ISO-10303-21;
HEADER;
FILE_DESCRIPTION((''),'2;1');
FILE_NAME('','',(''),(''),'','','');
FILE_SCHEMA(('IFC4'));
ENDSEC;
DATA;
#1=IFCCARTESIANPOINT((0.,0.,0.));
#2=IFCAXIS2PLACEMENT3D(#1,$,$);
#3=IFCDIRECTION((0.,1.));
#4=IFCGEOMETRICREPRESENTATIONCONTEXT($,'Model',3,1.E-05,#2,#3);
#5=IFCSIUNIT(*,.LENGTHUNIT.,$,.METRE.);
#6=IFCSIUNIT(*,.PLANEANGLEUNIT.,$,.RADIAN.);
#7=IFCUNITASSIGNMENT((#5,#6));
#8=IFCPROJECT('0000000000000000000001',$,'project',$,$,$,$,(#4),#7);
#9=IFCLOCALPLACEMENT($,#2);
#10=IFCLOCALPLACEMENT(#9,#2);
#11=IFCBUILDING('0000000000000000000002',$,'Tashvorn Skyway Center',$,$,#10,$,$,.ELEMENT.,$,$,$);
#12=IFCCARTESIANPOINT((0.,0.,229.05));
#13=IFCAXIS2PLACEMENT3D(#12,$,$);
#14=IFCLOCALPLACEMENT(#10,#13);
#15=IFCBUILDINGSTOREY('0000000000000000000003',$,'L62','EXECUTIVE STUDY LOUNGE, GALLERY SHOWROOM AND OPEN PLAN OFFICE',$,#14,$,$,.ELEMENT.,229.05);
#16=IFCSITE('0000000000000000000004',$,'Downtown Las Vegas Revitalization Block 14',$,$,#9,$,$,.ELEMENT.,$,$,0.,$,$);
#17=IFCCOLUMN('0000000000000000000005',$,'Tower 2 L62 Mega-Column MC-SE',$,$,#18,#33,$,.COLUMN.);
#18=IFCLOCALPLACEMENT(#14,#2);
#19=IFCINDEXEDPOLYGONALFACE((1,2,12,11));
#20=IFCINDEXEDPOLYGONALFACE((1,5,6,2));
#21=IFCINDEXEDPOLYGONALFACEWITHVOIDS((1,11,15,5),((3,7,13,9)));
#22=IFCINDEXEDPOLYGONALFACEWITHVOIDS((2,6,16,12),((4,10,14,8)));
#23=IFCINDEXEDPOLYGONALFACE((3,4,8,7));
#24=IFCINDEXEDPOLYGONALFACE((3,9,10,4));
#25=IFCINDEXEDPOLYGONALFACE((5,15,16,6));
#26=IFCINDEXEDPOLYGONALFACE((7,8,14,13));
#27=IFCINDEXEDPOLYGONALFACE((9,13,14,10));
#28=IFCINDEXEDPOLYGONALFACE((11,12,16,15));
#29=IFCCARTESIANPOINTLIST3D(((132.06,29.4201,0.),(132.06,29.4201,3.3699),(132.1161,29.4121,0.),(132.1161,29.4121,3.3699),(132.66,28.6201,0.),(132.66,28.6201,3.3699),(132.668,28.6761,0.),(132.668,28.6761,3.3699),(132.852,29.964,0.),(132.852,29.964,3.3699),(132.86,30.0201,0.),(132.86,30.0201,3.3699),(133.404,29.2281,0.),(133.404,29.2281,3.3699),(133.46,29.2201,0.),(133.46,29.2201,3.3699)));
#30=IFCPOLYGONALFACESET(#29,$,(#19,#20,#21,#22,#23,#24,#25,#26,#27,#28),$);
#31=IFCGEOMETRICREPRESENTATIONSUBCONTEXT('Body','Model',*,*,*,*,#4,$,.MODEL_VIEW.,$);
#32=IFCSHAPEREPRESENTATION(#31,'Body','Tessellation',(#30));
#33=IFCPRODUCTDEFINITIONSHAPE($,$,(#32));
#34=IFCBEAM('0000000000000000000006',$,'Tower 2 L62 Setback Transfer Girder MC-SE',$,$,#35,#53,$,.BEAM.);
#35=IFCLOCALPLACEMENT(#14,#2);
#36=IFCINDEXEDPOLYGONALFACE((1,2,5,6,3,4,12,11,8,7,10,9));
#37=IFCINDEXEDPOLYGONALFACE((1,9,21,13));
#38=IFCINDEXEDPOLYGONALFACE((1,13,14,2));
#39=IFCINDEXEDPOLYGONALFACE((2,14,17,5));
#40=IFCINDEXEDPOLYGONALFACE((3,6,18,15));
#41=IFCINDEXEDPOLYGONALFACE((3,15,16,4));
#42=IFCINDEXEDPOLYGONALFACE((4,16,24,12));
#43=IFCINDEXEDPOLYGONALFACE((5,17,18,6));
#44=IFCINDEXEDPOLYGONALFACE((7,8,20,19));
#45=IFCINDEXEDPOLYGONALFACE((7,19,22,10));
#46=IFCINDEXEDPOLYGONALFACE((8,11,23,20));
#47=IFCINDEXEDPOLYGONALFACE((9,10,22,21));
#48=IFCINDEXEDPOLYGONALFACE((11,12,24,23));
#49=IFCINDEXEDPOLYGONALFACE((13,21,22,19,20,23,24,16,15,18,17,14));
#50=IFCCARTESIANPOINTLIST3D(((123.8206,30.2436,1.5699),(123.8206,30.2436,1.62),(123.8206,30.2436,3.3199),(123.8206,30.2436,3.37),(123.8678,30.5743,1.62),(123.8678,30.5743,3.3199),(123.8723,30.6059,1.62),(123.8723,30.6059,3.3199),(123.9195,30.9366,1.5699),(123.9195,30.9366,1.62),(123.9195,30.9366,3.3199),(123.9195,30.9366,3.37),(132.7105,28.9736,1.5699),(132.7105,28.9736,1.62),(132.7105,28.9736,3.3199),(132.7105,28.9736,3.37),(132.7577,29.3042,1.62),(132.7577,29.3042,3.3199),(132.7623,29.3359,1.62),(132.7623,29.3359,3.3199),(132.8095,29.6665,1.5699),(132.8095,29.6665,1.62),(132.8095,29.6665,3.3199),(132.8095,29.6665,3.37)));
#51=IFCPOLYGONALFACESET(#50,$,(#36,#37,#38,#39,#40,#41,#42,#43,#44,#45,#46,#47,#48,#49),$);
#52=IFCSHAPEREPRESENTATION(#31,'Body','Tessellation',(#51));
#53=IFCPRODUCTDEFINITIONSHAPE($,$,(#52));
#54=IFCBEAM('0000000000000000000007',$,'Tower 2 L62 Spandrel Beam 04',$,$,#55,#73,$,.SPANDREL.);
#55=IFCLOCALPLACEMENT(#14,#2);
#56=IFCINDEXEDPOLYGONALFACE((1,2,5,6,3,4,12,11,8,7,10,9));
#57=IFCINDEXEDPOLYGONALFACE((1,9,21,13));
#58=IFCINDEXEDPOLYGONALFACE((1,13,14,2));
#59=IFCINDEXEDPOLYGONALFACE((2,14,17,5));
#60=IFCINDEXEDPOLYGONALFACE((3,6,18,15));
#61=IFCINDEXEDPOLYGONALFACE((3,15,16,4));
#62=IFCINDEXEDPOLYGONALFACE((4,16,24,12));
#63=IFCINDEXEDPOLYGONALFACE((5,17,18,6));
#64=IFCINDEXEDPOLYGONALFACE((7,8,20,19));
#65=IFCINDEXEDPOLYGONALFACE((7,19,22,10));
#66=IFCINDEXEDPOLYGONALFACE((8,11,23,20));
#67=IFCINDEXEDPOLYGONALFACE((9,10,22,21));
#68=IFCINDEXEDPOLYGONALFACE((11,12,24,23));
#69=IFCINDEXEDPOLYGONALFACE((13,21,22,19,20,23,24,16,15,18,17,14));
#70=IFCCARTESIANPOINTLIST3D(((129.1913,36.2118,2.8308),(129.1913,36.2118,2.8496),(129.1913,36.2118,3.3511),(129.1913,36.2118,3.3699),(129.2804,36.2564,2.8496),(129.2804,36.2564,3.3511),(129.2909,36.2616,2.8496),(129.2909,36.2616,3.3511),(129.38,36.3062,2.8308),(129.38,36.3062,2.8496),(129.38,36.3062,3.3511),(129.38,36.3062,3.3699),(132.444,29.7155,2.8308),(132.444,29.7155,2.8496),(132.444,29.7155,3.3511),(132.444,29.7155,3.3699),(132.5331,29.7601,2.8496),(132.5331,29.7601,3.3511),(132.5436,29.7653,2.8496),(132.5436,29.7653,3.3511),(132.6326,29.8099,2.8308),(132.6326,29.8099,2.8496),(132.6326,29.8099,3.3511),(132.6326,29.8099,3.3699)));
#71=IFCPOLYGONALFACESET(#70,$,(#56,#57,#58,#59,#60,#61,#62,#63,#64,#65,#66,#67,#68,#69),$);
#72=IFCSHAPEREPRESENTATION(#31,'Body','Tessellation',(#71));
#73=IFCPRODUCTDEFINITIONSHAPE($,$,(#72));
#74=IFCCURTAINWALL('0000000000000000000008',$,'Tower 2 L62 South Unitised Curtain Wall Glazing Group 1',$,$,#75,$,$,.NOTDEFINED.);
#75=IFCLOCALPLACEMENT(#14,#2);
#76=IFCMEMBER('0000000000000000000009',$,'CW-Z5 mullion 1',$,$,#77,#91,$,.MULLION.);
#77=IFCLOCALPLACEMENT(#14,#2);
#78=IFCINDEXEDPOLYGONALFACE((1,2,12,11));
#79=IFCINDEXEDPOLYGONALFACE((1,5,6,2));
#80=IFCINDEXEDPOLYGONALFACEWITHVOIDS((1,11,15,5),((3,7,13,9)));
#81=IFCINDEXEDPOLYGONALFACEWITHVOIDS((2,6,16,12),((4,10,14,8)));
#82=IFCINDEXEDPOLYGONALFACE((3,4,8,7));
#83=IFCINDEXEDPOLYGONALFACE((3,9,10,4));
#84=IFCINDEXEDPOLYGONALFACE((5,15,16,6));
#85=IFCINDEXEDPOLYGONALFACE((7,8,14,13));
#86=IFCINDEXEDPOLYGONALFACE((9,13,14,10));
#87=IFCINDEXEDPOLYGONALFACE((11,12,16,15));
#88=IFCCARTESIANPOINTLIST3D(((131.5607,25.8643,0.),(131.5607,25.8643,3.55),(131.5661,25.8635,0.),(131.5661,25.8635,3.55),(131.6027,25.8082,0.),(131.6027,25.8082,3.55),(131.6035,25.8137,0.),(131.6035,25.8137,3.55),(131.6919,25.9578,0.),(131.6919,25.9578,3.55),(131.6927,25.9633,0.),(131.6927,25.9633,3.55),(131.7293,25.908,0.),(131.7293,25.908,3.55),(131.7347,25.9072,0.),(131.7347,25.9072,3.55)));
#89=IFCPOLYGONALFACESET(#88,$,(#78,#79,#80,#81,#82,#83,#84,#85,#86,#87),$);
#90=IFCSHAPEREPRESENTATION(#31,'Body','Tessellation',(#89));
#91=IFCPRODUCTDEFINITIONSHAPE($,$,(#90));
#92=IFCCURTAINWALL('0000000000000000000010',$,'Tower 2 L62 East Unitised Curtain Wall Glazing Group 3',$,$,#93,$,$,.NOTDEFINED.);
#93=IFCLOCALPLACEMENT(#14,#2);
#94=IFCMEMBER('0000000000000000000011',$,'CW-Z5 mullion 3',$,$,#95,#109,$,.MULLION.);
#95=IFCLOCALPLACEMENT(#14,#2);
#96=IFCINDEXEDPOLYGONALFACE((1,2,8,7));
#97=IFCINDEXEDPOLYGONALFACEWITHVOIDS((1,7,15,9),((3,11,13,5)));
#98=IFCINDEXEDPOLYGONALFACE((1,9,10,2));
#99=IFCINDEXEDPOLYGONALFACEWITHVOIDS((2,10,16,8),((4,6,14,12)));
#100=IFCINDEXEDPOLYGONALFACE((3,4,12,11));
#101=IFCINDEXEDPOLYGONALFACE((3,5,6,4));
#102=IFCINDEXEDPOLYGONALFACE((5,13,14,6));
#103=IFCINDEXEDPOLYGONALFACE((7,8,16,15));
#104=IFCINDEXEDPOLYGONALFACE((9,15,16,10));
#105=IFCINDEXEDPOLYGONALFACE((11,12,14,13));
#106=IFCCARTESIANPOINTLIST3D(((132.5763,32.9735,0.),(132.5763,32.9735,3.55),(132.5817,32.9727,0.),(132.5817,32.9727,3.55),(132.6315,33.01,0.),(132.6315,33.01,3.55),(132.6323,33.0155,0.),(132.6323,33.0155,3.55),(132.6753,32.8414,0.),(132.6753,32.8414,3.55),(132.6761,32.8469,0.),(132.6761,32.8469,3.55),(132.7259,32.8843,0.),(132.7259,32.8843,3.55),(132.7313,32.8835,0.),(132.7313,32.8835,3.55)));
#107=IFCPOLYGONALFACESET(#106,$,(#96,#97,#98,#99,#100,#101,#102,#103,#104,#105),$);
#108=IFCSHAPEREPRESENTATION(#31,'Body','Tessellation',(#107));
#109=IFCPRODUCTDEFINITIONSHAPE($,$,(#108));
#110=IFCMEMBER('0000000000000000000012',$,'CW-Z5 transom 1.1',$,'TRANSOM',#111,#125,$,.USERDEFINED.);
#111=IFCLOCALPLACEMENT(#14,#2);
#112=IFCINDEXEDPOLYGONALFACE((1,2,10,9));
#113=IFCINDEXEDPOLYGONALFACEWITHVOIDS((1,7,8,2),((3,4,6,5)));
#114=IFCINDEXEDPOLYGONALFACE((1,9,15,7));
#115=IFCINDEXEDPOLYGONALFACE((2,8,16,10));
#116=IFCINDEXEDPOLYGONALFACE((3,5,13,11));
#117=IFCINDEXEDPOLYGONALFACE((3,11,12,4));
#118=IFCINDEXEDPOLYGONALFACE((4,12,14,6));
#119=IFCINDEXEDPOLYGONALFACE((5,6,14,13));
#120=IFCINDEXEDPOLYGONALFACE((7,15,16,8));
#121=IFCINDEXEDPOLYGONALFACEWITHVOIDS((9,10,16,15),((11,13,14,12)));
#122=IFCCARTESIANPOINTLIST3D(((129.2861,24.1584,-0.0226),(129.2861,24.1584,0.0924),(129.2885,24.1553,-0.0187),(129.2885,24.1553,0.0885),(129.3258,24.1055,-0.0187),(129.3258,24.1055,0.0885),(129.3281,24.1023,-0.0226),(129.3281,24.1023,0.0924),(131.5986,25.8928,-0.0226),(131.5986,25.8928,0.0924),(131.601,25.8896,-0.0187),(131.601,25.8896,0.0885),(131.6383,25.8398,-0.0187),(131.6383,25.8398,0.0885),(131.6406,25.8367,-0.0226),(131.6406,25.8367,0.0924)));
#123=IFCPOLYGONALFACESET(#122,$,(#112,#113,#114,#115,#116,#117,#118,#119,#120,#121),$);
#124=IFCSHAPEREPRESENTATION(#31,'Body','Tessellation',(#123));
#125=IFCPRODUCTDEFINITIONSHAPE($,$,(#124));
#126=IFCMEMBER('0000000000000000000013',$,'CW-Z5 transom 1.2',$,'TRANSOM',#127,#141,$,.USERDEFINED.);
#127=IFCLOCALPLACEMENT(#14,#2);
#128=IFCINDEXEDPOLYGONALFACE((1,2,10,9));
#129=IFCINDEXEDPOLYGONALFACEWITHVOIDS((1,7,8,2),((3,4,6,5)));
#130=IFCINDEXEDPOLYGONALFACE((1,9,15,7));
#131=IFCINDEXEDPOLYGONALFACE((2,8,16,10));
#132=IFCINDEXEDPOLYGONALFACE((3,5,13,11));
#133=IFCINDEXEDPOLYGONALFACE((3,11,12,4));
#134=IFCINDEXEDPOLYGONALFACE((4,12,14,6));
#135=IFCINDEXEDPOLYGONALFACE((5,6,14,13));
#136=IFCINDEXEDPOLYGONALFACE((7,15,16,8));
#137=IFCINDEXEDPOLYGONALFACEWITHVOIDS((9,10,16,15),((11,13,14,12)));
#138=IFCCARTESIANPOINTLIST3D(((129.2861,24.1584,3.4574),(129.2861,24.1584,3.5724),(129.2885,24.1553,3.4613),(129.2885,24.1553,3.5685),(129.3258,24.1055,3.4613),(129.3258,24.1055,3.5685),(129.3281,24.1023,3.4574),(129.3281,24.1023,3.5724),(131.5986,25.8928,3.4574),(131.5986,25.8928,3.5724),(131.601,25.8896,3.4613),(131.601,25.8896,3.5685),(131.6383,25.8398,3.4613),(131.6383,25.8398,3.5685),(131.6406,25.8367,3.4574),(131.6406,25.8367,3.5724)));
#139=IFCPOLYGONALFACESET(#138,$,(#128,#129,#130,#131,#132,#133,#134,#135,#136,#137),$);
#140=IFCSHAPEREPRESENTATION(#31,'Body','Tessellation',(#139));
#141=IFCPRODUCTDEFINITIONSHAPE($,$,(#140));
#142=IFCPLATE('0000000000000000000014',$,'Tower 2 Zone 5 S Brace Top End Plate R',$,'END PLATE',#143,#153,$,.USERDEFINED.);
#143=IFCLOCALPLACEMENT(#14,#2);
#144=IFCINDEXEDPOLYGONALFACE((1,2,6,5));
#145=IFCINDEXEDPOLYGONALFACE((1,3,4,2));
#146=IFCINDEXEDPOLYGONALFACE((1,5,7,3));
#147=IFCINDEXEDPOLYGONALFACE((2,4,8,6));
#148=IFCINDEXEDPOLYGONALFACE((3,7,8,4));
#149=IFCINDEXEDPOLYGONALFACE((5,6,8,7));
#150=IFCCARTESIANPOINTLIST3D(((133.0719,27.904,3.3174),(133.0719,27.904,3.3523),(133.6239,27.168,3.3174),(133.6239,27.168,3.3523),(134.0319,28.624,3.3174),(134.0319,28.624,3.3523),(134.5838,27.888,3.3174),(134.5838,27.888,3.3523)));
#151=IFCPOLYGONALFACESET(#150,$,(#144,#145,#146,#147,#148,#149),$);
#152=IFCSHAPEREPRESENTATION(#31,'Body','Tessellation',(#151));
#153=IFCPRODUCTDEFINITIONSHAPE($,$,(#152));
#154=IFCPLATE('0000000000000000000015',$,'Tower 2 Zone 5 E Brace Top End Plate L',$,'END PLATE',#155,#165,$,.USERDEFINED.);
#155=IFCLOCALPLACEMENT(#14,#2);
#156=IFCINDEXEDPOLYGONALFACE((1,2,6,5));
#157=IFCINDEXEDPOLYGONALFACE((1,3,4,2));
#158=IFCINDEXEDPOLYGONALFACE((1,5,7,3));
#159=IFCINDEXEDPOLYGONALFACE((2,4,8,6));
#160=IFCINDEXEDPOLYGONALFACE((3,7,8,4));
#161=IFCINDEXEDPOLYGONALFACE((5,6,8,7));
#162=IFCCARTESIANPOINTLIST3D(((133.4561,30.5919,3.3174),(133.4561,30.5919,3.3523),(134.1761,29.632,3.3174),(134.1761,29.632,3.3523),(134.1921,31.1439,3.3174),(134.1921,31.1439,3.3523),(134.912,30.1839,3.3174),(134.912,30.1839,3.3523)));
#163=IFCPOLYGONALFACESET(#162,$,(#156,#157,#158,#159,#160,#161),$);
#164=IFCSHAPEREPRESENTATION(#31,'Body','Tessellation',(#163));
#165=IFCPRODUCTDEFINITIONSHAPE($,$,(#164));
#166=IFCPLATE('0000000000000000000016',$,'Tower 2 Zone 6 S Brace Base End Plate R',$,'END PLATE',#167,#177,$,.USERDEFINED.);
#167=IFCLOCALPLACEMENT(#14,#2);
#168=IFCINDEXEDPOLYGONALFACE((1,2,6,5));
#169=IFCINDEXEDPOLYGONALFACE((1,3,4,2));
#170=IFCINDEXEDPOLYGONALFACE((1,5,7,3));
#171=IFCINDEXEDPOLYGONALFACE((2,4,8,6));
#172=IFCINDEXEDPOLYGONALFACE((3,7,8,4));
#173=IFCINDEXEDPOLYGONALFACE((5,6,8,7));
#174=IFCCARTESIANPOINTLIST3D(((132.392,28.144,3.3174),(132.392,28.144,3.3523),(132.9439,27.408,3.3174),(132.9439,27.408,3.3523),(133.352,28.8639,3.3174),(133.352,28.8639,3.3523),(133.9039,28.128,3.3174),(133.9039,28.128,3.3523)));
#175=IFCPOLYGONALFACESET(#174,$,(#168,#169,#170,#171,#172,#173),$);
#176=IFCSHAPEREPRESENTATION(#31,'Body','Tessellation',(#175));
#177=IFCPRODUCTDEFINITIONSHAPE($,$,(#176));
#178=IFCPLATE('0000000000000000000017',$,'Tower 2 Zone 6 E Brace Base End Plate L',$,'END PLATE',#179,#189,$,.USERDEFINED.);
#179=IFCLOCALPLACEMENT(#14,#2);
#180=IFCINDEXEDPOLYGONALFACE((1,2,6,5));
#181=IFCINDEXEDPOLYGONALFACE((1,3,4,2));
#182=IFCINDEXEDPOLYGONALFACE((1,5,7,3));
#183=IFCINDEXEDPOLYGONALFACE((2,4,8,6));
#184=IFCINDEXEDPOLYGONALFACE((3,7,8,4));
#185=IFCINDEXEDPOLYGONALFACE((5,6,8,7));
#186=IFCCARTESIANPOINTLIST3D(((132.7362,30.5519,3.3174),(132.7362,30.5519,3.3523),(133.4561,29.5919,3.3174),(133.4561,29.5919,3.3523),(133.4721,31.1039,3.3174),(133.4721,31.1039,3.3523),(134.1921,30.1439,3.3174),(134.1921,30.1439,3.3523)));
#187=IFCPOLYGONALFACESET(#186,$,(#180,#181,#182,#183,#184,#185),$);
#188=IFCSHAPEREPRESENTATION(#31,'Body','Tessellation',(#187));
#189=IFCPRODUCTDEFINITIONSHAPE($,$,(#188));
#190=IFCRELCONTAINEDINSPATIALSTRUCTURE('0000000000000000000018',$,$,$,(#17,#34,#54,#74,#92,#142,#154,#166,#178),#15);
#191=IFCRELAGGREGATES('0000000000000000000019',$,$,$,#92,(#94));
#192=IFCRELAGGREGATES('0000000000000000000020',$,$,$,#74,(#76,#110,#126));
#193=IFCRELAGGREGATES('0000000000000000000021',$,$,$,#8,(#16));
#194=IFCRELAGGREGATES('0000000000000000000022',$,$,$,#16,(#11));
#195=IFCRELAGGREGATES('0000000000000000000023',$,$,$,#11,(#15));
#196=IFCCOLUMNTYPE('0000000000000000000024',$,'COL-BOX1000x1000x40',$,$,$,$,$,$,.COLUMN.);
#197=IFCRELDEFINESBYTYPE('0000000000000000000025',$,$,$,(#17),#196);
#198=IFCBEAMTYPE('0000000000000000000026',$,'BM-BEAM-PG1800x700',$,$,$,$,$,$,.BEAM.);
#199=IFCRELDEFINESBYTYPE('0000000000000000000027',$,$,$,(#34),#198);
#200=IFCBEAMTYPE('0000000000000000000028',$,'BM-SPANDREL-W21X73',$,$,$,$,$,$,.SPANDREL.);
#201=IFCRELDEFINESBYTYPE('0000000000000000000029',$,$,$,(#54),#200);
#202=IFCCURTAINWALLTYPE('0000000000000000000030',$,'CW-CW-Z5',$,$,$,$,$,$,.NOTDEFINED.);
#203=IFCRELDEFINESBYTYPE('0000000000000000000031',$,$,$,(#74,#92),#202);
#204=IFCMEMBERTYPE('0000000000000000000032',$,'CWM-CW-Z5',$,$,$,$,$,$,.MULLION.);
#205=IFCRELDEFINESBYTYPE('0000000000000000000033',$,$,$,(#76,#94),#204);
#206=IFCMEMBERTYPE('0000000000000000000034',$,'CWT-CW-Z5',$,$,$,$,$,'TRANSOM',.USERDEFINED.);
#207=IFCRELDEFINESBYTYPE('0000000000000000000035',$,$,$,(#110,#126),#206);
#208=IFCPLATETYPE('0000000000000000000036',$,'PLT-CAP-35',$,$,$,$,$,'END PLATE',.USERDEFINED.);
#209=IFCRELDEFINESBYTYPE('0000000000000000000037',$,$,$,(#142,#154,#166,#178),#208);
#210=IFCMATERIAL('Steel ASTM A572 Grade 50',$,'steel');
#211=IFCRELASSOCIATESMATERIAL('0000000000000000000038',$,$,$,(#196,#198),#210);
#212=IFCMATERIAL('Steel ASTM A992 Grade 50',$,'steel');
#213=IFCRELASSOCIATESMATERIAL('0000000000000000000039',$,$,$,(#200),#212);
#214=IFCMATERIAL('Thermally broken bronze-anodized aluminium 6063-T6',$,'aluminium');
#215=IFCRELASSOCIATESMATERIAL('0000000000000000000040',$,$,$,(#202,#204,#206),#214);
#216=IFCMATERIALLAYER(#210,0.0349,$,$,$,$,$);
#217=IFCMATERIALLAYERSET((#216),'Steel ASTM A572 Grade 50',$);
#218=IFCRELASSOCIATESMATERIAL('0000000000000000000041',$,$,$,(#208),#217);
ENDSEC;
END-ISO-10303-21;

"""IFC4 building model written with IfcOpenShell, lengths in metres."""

from ifc_helpers import new_model, si_unit, direction, frame, origin, origin_2d, place, context, subcontext, project, spatial, rectangle, hollow_rectangle, i_section, extrude, material, layer, layer_set, material_profile, profile_set, type_object, element, aggregate, save


model = new_model("IFC4")

# Units and contexts
model_context = context("Model", 3, precision=1e-05, world=origin(), true_north=direction((0.0, 1.0)))
body_context = subcontext(model_context, "Body", "Model", "MODEL_VIEW")
ifc_project = project(units=[si_unit("LENGTHUNIT", "METRE"), si_unit("PLANEANGLEUNIT", "RADIAN")], contexts=[model_context])

# Site, building, storey
site_placement = place(None, origin())
site = spatial("IfcSite", under=ifc_project, at=site_placement, Name="Downtown Las Vegas Revitalization Block 14", CompositionType="ELEMENT", RefElevation=0.0)
building_placement = place(site_placement, origin())
building = spatial("IfcBuilding", under=site, at=building_placement, Name="Tashvorn Skyway Center", CompositionType="ELEMENT")
storey_placement = place(building_placement, frame((0.0, 0.0, 229.05)))
storey = spatial("IfcBuildingStorey", under=building, at=storey_placement, Name="L62", Description="EXECUTIVE STUDY LOUNGE, GALLERY SHOWROOM AND OPEN PLAN OFFICE", CompositionType="ELEMENT", Elevation=229.05)

# Column
ifc_material_1 = material(Name="Steel ASTM A572 Grade 50", Category="steel")
ifc_material_profile_1 = material_profile(ifc_material_1, hollow_rectangle(XDim=1.0, YDim=1.0, WallThickness=0.04, at=origin_2d()), Name="BOX1000x1000x40")
ifc_profile_set_1 = profile_set([ifc_material_profile_1], Name="Steel ASTM A572 Grade 50")
column_type = type_object("IfcColumnType", Name="COL-BOX1000x1000x40", PredefinedType="COLUMN", material=ifc_profile_set_1)
column_placement = place(storey_placement, frame((132.76, 29.3201, 0.0), z_axis=(0.0, 0.0, 1.0), x_axis=(0.8, 0.6, 0.0)))
element("IfcColumn", 1, at=column_placement, inside=storey, type_object=column_type, Name="Tower 2 L62 Mega-Column MC-SE", PredefinedType="COLUMN", context=body_context, shape_type="SweptSolid", body=[
    extrude(hollow_rectangle(XDim=1.0, YDim=1.0, WallThickness=0.04, at=origin_2d()), origin(), (0.0, 0.0, 1.0), 3.3699),
])

# Beams
ifc_material_profile_2 = material_profile(ifc_material_1, i_section(OverallWidth=0.7, OverallDepth=1.8, WebThickness=0.032, FlangeThickness=0.05, at=origin_2d()), Name="PG1800x700")
ifc_profile_set_2 = profile_set([ifc_material_profile_2], Name="Steel ASTM A572 Grade 50")
beam_type_1 = type_object("IfcBeamType", Name="BM-BEAM-PG1800x700", PredefinedType="BEAM", material=ifc_profile_set_2)
beam_1_placement = place(storey_placement, frame((132.76, 29.3201, 2.47), z_axis=(-0.989949, 0.141425, 0.0), x_axis=(-0.141425, -0.989949, 0.0)))
element("IfcBeam", 2, at=beam_1_placement, inside=storey, type_object=beam_type_1, Name="Tower 2 L62 Setback Transfer Girder MC-SE", PredefinedType="BEAM", context=body_context, shape_type="SweptSolid", body=[
    extrude(i_section(OverallWidth=0.7, OverallDepth=1.8, WebThickness=0.032, FlangeThickness=0.05, at=origin_2d()), origin(), (0.0, 0.0, 1.0), 8.9802),
])
ifc_material_2 = material(Name="Steel ASTM A992 Grade 50", Category="steel")
ifc_material_profile_3 = material_profile(ifc_material_2, i_section(OverallWidth=0.2109, OverallDepth=0.5391, WebThickness=0.0117, FlangeThickness=0.0188, at=origin_2d()), Name="W21X73")
ifc_profile_set_3 = profile_set([ifc_material_profile_3], Name="Steel ASTM A992 Grade 50")
beam_type_2 = type_object("IfcBeamType", Name="BM-SPANDREL-W21X73", PredefinedType="SPANDREL", material=ifc_profile_set_3)
beam_2_placement = place(storey_placement, frame((132.5383, 29.7627, 3.1003), z_axis=(-0.447711, 0.894178, 0.0), x_axis=(-0.894178, -0.447711, 0.0)))
element("IfcBeam", 3, at=beam_2_placement, inside=storey, type_object=beam_type_2, Name="Tower 2 L62 Spandrel Beam 04", PredefinedType="SPANDREL", context=body_context, shape_type="SweptSolid", body=[
    extrude(i_section(OverallWidth=0.2109, OverallDepth=0.5391, WebThickness=0.0117, FlangeThickness=0.0188, at=origin_2d()), origin(), (0.0, 0.0, 1.0), 7.2651),
])

# Curtain walls, members
ifc_material_3 = material(Name="Thermally broken bronze-anodized aluminium 6063-T6", Category="aluminium")
curtain_wall_type = type_object("IfcCurtainWallType", Name="CW-CW-Z5", PredefinedType="NOTDEFINED", material=ifc_material_3)
curtain_wall_1_placement = place(storey_placement, origin())
curtain_wall_1 = element("IfcCurtainWall", 4, at=curtain_wall_1_placement, inside=storey, type_object=curtain_wall_type, Name="Tower 2 L62 South Unitised Curtain Wall Glazing Group 1", PredefinedType="NOTDEFINED")
ifc_material_profile_4 = material_profile(ifc_material_3, hollow_rectangle(XDim=0.0701, YDim=0.165, WallThickness=0.0039, at=origin_2d()), Name="ALU-MULL-70x165")
ifc_profile_set_4 = profile_set([ifc_material_profile_4], Name="Thermally broken bronze-anodized aluminium 6063-T6")
member_type_1 = type_object("IfcMemberType", Name="CWM-CW-Z5", PredefinedType="MULLION", material=ifc_profile_set_4)
member_1_placement = place(storey_placement, frame((131.6477, 25.8857, 0.0), z_axis=(0.0, 0.0, 1.0), x_axis=(0.600003, -0.799998, 0.0)))
member_1 = element("IfcMember", 5, at=member_1_placement, type_object=member_type_1, Name="CW-Z5 mullion 1", PredefinedType="MULLION", context=body_context, shape_type="SweptSolid", body=[
    extrude(hollow_rectangle(XDim=0.0701, YDim=0.165, WallThickness=0.0039, at=origin_2d()), origin(), (0.0, 0.0, 1.0), 3.55),
])
curtain_wall_2_placement = place(storey_placement, origin())
curtain_wall_2 = element("IfcCurtainWall", 6, at=curtain_wall_2_placement, inside=storey, type_object=curtain_wall_type, Name="Tower 2 L62 East Unitised Curtain Wall Glazing Group 3", PredefinedType="NOTDEFINED")
member_2_placement = place(storey_placement, frame((132.6538, 32.9285, 0.0), z_axis=(0.0, 0.0, 1.0), x_axis=(0.799998, 0.600003, 0.0)))
member_2 = element("IfcMember", 7, at=member_2_placement, type_object=member_type_1, Name="CW-Z5 mullion 3", PredefinedType="MULLION", context=body_context, shape_type="SweptSolid", body=[
    extrude(hollow_rectangle(XDim=0.0701, YDim=0.165, WallThickness=0.0039, at=origin_2d()), origin(), (0.0, 0.0, 1.0), 3.55),
])
aggregate(curtain_wall_2, [member_2])

# Members
ifc_material_profile_5 = material_profile(ifc_material_3, hollow_rectangle(XDim=0.0701, YDim=0.115, WallThickness=0.0039, at=origin_2d()), Name="ALU-TRAN-70x115")
ifc_profile_set_5 = profile_set([ifc_material_profile_5], Name="Thermally broken bronze-anodized aluminium 6063-T6")
member_type_2 = type_object("IfcMemberType", Name="CWT-CW-Z5", ElementType="TRANSOM", PredefinedType="USERDEFINED", material=ifc_profile_set_5)
member_3_placement = place(storey_placement, frame((131.6196, 25.8647, 0.0349), z_axis=(-0.8, -0.6, 0.0), x_axis=(0.6, -0.8, 0.0)))
member_3 = element("IfcMember", 8, at=member_3_placement, type_object=member_type_2, Name="CW-Z5 transom 1.1", ObjectType="TRANSOM", PredefinedType="USERDEFINED", context=body_context, shape_type="SweptSolid", body=[
    extrude(hollow_rectangle(XDim=0.0701, YDim=0.115, WallThickness=0.0039, at=origin_2d()), origin(), (0.0, 0.0, 1.0), 2.8906),
])
member_4_placement = place(storey_placement, frame((131.6196, 25.8647, 3.5149), z_axis=(-0.8, -0.6, 0.0), x_axis=(0.6, -0.8, 0.0)))
member_4 = element("IfcMember", 9, at=member_4_placement, type_object=member_type_2, Name="CW-Z5 transom 1.2", ObjectType="TRANSOM", PredefinedType="USERDEFINED", context=body_context, shape_type="SweptSolid", body=[
    extrude(hollow_rectangle(XDim=0.0701, YDim=0.115, WallThickness=0.0039, at=origin_2d()), origin(), (0.0, 0.0, 1.0), 2.8906),
])
aggregate(curtain_wall_1, [member_1, member_3, member_4])

# Plates
ifc_layer_1 = layer(ifc_material_1, 0.0349)
ifc_layer_set_1 = layer_set([ifc_layer_1], Name="Steel ASTM A572 Grade 50")
plate_type_1 = type_object("IfcPlateType", Name="PLT-CAP-35", ElementType="END PLATE", PredefinedType="USERDEFINED", material=ifc_layer_set_1)
for number, where, z_axis, x_axis, name in (
    (10, (133.8279, 27.896, 3.3174), (0.0, 0.0, 1.0), (0.8, 0.6, 0.0), "Tower 2 Zone 5 S Brace Top End Plate R"),
    (11, (134.1841, 30.3879, 3.3174), (0.0, 0.0, 1.0), (-0.6, 0.8, 0.0), "Tower 2 Zone 5 E Brace Top End Plate L"),
    (12, (133.1479, 28.136, 3.3174), (0.0, 0.0, 1.0), (0.8, 0.6, 0.0), "Tower 2 Zone 6 S Brace Base End Plate R"),
    (13, (133.4641, 30.3479, 3.3174), (0.0, 0.0, 1.0), (-0.6, 0.8, 0.0), "Tower 2 Zone 6 E Brace Base End Plate L"),
):
    element("IfcPlate", number, at=place(storey_placement, frame(where, z_axis=z_axis, x_axis=x_axis)), inside=storey, type_object=plate_type_1, Name=name, ObjectType="END PLATE", PredefinedType="USERDEFINED", context=body_context, shape_type="SweptSolid", body=[
        extrude(rectangle(XDim=1.2, YDim=0.9199, at=origin_2d()), origin(), (0.0, 0.0, 1.0), 0.0349),
    ])

save(model, "model.ifc")
